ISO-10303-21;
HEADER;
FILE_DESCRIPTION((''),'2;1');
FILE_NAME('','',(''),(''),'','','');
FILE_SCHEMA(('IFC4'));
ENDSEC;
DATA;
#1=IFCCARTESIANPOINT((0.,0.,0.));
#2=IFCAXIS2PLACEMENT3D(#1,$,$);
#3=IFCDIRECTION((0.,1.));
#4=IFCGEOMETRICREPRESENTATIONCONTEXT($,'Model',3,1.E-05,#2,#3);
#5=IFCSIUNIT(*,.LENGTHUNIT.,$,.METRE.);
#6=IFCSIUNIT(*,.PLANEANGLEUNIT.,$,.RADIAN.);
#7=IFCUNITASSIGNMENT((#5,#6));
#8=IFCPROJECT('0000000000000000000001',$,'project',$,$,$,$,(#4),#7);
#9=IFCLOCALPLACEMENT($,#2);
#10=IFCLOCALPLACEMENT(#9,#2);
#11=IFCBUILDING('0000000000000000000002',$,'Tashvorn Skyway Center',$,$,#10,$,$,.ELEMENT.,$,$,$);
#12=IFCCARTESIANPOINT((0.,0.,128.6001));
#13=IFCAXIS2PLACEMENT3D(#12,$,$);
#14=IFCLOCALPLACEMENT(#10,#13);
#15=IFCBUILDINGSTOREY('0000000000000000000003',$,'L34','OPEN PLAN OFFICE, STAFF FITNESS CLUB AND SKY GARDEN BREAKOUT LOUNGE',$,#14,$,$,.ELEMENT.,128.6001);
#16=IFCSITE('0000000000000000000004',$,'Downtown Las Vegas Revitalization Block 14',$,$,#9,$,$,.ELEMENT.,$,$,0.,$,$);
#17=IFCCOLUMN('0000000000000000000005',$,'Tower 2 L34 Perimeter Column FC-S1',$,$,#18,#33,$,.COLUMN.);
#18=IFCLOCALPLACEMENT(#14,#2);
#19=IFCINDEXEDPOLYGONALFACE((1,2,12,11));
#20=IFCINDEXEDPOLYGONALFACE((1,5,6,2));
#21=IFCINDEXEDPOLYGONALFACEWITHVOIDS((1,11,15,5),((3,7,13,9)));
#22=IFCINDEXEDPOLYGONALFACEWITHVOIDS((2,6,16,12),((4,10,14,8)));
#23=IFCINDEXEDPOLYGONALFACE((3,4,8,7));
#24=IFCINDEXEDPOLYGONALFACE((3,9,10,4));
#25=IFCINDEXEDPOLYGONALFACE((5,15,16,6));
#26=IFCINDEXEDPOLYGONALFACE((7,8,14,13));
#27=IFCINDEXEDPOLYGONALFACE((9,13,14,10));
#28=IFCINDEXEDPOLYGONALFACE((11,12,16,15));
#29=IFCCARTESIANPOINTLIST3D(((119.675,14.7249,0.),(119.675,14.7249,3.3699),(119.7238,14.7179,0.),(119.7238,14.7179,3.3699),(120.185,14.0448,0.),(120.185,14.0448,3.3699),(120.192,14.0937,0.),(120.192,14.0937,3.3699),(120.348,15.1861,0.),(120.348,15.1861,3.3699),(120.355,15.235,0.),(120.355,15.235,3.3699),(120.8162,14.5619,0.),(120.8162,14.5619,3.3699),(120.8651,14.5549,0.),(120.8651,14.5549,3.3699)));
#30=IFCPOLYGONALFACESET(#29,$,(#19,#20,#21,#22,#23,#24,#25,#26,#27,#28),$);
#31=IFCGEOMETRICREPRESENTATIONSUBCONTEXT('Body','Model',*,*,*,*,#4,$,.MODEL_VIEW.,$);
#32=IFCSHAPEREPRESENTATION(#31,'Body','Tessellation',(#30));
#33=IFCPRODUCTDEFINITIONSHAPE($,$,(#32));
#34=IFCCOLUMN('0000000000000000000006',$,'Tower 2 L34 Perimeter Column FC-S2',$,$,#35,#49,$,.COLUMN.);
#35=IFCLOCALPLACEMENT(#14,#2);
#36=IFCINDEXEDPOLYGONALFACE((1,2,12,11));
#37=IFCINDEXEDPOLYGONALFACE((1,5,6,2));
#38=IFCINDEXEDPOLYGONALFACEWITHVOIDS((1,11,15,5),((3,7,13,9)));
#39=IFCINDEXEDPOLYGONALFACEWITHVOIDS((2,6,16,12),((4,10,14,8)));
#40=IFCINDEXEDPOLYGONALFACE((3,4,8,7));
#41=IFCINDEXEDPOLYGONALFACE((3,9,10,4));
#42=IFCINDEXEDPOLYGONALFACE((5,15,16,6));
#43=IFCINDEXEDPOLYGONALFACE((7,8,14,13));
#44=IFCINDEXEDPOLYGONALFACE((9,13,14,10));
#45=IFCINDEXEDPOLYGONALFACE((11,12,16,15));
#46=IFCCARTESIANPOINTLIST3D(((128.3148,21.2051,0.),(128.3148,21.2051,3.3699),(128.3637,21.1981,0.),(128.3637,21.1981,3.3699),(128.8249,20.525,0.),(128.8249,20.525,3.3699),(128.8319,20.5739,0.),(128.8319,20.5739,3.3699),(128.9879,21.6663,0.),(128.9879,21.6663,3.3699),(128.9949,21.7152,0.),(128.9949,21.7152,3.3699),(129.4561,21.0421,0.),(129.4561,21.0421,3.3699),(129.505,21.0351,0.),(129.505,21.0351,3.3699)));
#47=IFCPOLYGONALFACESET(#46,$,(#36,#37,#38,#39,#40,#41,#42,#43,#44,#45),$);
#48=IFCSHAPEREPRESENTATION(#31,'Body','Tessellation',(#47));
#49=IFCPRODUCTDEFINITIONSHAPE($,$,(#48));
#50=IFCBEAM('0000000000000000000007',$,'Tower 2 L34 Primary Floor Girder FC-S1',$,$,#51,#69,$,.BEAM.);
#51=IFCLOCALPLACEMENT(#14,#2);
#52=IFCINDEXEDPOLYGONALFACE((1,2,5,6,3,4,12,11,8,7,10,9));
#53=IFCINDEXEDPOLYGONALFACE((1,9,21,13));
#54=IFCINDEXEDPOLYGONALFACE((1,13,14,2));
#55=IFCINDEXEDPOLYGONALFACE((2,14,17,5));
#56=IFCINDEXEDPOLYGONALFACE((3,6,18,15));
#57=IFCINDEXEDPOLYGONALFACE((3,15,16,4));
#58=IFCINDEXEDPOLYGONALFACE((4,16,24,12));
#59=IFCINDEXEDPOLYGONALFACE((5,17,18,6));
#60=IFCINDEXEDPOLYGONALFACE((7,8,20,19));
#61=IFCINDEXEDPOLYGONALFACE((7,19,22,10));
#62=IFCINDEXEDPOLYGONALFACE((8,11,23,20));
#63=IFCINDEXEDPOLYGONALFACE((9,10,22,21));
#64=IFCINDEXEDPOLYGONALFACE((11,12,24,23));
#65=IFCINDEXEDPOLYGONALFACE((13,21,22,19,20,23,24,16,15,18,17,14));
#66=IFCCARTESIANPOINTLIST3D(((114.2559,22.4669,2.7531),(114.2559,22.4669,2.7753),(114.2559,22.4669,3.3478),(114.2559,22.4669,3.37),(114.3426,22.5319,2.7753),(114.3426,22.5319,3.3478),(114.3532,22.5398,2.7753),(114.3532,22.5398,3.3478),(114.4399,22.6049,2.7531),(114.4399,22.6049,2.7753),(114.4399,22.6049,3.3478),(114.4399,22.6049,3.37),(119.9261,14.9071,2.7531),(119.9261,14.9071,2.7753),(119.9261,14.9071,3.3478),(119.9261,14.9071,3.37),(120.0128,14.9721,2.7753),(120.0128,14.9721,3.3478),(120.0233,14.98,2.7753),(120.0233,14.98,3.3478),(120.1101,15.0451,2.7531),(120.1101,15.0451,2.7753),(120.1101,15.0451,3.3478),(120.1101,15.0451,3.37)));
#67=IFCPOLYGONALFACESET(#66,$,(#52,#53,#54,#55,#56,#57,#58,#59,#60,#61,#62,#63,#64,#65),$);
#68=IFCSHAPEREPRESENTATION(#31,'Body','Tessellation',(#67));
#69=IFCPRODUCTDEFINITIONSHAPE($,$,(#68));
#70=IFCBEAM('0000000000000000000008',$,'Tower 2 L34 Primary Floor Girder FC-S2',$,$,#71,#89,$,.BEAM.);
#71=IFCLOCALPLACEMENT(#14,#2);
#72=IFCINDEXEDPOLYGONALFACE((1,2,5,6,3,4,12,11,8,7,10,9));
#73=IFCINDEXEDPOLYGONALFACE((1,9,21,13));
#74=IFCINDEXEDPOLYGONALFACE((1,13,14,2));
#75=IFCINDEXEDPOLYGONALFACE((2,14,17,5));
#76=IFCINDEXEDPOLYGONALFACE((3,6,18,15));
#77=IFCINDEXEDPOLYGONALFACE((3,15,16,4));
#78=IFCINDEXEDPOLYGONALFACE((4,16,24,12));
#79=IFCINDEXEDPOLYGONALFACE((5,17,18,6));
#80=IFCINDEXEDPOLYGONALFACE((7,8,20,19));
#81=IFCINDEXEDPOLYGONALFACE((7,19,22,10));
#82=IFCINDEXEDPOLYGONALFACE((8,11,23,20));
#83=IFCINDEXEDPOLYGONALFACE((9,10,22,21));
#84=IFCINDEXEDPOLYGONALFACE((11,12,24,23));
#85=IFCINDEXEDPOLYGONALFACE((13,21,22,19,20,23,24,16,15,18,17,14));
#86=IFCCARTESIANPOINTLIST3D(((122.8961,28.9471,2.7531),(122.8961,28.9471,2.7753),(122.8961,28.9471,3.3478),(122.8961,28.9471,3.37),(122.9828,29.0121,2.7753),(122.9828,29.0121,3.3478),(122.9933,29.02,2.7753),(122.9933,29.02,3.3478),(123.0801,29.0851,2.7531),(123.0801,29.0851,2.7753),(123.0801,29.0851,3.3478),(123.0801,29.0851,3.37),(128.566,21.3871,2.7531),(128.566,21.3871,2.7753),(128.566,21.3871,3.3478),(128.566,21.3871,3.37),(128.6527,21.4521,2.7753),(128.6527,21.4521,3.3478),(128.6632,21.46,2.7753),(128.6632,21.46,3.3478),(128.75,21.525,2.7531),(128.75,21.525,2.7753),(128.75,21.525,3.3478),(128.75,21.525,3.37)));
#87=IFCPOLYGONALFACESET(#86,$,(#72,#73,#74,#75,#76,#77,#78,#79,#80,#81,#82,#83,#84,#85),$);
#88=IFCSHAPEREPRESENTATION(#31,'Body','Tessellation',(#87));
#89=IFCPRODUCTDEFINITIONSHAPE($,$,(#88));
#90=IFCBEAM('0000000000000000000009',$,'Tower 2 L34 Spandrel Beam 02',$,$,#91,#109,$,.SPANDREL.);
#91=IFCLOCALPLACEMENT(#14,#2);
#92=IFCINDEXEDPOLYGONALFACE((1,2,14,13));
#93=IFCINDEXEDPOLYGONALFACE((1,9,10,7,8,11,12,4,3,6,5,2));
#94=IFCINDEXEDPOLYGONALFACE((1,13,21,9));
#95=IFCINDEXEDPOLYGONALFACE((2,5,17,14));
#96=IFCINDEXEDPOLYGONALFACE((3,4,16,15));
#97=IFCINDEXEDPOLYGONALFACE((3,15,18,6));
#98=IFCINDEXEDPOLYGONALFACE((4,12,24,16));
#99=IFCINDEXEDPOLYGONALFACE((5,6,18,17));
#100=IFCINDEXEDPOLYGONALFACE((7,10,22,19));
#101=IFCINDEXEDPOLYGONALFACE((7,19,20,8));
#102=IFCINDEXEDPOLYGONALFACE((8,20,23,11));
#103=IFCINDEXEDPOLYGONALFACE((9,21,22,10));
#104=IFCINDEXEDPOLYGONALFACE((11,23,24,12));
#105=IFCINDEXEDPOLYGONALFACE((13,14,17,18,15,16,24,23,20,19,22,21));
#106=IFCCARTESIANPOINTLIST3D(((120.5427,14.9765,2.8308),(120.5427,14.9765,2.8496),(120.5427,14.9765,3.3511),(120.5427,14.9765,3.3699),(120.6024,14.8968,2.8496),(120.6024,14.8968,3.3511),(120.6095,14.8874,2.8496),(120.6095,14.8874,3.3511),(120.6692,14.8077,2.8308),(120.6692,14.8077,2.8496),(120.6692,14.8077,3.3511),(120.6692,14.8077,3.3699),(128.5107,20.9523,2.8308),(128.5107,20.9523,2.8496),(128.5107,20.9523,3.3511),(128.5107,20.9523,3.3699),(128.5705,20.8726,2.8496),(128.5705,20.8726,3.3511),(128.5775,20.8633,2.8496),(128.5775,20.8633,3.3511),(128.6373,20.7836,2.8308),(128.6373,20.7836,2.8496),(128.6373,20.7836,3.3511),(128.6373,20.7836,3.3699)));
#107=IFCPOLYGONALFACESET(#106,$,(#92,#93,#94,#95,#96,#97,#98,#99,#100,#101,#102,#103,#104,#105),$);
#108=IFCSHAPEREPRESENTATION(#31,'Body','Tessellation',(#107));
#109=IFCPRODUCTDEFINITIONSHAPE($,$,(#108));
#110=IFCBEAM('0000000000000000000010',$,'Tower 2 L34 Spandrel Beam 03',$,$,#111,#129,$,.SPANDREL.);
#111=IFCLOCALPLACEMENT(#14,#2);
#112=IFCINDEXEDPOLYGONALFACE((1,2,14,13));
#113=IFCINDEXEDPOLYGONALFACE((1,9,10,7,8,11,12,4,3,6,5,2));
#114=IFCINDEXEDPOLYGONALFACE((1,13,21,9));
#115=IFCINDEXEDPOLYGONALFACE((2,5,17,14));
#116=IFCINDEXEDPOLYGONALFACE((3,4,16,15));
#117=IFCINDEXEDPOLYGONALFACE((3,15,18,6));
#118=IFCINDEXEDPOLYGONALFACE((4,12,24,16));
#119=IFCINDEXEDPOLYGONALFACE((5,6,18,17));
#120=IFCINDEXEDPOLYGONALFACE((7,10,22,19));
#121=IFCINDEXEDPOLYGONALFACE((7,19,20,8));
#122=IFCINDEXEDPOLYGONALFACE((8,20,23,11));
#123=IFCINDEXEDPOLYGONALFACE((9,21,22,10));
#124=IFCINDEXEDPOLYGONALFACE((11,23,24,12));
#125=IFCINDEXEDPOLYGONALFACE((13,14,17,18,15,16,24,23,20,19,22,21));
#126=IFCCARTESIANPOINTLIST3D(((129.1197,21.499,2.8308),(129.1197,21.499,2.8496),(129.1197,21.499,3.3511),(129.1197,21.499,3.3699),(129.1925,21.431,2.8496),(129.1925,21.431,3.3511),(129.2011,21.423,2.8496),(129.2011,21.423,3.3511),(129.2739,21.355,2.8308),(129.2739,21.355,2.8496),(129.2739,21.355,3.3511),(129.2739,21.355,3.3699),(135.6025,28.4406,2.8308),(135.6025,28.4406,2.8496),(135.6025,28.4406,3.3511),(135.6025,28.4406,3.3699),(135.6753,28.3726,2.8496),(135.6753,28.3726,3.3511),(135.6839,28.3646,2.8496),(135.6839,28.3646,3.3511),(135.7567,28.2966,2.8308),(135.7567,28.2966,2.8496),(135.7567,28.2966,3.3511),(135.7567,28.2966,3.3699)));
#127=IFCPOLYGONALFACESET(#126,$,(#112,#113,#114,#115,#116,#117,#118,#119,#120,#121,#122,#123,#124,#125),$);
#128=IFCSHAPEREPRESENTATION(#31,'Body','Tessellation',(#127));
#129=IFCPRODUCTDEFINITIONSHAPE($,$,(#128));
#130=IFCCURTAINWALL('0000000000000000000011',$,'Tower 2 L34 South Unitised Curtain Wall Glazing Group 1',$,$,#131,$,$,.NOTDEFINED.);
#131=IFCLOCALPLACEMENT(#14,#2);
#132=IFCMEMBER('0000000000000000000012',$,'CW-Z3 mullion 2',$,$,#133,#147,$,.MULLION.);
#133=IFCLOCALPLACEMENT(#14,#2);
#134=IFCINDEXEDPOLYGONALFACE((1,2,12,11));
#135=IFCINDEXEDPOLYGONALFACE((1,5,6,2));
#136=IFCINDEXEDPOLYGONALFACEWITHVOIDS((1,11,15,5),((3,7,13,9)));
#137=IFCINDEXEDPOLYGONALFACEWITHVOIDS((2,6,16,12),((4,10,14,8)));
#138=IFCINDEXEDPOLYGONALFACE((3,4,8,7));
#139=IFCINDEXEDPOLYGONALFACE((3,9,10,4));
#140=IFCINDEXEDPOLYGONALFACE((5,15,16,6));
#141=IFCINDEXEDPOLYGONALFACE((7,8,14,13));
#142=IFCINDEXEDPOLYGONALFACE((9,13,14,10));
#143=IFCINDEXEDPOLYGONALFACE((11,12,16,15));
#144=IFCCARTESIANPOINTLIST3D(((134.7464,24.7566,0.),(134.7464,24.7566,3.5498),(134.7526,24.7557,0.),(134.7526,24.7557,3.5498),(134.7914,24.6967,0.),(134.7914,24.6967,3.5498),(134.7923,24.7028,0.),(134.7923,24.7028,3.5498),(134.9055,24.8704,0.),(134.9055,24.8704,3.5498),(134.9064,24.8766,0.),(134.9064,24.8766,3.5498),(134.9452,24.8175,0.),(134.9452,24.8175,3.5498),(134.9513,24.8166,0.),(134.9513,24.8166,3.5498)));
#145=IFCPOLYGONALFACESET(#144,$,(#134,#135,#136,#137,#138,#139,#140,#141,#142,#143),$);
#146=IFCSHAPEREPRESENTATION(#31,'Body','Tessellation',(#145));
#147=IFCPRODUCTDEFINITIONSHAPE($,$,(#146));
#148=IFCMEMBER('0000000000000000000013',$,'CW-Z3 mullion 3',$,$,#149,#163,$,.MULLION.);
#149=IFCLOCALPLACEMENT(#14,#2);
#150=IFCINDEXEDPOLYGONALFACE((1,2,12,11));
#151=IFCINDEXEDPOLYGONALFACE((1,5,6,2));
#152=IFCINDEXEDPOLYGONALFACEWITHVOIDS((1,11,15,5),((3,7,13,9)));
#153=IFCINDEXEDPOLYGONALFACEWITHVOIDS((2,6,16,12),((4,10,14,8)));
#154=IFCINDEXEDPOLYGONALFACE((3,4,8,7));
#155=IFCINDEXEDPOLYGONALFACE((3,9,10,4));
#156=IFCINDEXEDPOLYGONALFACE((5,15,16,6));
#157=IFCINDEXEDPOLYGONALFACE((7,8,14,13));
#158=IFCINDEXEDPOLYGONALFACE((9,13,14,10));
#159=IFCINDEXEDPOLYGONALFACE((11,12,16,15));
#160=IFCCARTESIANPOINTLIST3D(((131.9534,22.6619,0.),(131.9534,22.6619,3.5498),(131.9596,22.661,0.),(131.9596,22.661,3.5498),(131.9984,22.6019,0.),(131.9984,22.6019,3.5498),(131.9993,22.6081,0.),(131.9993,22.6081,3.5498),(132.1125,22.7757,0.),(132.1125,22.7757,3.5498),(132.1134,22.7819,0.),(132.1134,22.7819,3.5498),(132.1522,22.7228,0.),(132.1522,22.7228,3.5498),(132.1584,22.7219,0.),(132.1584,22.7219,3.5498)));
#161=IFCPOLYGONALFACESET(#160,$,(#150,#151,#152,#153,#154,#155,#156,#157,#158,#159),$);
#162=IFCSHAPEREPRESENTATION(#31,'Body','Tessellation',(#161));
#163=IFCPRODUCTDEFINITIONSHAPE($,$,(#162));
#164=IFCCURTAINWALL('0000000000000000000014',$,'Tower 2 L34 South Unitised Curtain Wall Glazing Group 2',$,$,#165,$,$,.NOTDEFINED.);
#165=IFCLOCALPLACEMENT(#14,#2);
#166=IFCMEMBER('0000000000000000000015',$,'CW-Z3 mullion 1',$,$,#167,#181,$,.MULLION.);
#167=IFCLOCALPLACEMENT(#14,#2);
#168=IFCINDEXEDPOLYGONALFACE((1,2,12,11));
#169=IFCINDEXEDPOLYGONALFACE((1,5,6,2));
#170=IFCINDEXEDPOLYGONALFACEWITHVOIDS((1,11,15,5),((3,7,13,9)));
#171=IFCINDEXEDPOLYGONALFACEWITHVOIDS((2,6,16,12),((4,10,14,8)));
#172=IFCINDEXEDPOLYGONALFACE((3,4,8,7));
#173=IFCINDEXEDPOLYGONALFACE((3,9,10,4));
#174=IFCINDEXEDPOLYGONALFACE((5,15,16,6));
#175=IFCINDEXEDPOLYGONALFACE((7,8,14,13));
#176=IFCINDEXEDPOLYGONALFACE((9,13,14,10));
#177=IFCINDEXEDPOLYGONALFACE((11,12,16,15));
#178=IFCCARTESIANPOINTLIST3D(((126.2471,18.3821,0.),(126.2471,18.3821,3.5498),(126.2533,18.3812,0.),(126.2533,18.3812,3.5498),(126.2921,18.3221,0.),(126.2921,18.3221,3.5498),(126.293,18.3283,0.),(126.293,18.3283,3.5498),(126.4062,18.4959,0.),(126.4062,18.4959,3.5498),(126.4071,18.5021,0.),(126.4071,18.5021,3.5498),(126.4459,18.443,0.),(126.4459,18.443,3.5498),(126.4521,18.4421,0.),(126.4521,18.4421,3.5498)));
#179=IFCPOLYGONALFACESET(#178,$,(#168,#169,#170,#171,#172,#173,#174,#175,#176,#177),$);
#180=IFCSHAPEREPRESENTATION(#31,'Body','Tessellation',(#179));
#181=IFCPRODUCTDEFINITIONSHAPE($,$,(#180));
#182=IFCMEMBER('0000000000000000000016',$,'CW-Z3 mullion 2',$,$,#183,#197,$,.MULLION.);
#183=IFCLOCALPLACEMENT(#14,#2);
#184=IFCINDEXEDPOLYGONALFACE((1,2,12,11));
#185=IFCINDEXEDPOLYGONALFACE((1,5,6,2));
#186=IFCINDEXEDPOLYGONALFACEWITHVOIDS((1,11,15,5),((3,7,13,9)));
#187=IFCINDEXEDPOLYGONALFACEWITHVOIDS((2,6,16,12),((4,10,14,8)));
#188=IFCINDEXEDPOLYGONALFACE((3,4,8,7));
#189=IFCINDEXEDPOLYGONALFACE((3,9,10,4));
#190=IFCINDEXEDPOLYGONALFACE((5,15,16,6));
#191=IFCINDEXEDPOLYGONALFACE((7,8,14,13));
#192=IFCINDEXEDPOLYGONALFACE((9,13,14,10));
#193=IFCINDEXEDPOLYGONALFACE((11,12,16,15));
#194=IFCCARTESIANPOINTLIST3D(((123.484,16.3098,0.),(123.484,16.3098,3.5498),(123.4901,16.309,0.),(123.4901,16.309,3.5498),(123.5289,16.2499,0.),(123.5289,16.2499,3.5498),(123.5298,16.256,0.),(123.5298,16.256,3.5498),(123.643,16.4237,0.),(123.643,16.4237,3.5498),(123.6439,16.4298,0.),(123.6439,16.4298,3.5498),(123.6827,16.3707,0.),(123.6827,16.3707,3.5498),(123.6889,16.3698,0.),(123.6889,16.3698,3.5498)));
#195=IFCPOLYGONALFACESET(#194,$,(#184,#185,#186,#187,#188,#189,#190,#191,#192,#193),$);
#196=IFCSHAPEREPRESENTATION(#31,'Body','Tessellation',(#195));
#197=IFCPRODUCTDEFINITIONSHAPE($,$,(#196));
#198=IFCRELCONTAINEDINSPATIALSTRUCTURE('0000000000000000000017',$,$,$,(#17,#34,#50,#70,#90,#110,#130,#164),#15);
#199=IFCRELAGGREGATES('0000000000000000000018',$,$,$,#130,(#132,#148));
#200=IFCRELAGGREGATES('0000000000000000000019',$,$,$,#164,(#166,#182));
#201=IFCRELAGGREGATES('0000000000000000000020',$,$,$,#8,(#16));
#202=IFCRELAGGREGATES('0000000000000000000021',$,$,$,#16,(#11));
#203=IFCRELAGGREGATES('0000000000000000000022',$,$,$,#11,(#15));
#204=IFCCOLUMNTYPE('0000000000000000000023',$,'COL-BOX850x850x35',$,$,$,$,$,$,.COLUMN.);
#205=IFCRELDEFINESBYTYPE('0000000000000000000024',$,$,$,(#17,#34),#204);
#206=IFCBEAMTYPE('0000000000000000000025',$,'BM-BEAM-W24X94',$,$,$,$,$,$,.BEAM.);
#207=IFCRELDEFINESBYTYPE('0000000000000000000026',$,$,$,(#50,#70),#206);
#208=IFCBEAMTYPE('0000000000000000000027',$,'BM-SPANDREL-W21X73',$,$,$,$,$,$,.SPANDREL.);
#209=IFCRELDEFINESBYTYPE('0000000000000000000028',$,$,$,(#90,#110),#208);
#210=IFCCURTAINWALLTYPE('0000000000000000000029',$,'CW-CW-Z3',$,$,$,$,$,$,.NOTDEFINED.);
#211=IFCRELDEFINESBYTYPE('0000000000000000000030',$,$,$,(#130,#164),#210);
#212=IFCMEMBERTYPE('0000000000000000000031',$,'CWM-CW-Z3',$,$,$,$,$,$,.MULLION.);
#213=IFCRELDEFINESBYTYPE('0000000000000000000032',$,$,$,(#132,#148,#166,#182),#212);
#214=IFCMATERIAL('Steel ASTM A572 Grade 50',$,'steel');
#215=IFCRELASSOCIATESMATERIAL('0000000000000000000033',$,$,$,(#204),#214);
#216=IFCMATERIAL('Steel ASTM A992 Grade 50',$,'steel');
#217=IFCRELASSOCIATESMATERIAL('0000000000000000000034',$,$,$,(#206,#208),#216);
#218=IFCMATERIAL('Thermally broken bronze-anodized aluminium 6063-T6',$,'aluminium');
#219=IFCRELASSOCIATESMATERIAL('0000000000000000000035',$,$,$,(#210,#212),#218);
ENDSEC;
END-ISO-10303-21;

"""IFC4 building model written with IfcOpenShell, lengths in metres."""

from ifc_helpers import new_model, si_unit, direction, frame, origin, origin_2d, place, context, subcontext, project, spatial, hollow_rectangle, i_section, extrude, material, material_profile, profile_set, type_object, element, aggregate, save


model = new_model("IFC4")

# Units and contexts
model_context = context("Model", 3, precision=1e-05, world=origin(), true_north=direction((0.0, 1.0)))
body_context = subcontext(model_context, "Body", "Model", "MODEL_VIEW")
ifc_project = project(units=[si_unit("LENGTHUNIT", "METRE"), si_unit("PLANEANGLEUNIT", "RADIAN")], contexts=[model_context])

# Site, building, storey
site_placement = place(None, origin())
site = spatial("IfcSite", under=ifc_project, at=site_placement, Name="Downtown Las Vegas Revitalization Block 14", CompositionType="ELEMENT", RefElevation=0.0)
building_placement = place(site_placement, origin())
building = spatial("IfcBuilding", under=site, at=building_placement, Name="Tashvorn Skyway Center", CompositionType="ELEMENT")
storey_placement = place(building_placement, frame((0.0, 0.0, 128.6001)))
storey = spatial("IfcBuildingStorey", under=building, at=storey_placement, Name="L34", Description="OPEN PLAN OFFICE, STAFF FITNESS CLUB AND SKY GARDEN BREAKOUT LOUNGE", CompositionType="ELEMENT", Elevation=128.6001)

# Columns
ifc_material_1 = material(Name="Steel ASTM A572 Grade 50", Category="steel")
ifc_material_profile_1 = material_profile(ifc_material_1, hollow_rectangle(XDim=0.8501, YDim=0.8501, WallThickness=0.0349, at=origin_2d()), Name="BOX850x850x35")
ifc_profile_set_1 = profile_set([ifc_material_profile_1], Name="Steel ASTM A572 Grade 50")
column_type = type_object("IfcColumnType", Name="COL-BOX850x850x35", PredefinedType="COLUMN", material=ifc_profile_set_1)
for number, where, z_axis, x_axis, name in (
    (1, (120.27, 14.6399, 0.0), (0.0, 0.0, 1.0), (0.8, 0.6, 0.0), "Tower 2 L34 Perimeter Column FC-S1"),
    (2, (128.9099, 21.1201, 0.0), (0.0, 0.0, 1.0), (0.8, 0.6, 0.0), "Tower 2 L34 Perimeter Column FC-S2"),
):
    element("IfcColumn", number, at=place(storey_placement, frame(where, z_axis=z_axis, x_axis=x_axis)), inside=storey, type_object=column_type, Name=name, PredefinedType="COLUMN", context=body_context, shape_type="SweptSolid", body=[
        extrude(hollow_rectangle(XDim=0.8501, YDim=0.8501, WallThickness=0.0349, at=origin_2d()), origin(), (0.0, 0.0, 1.0), 3.3699),
    ])

# Beams
ifc_material_2 = material(Name="Steel ASTM A992 Grade 50", Category="steel")
ifc_material_profile_2 = material_profile(ifc_material_2, i_section(OverallWidth=0.23, OverallDepth=0.6169, WebThickness=0.0132, FlangeThickness=0.0222, at=origin_2d()), Name="W24X94")
ifc_profile_set_2 = profile_set([ifc_material_profile_2], Name="Steel ASTM A992 Grade 50")
beam_type_1 = type_object("IfcBeamType", Name="BM-BEAM-W24X94", PredefinedType="BEAM", material=ifc_profile_set_2)
for number, where, z_axis, x_axis, name in (
    (3, (120.0181, 14.9761, 3.0615), (-0.600021, 0.799984, 0.0), (-0.799984, -0.600021, 0.0), "Tower 2 L34 Primary Floor Girder FC-S1"),
    (4, (128.658, 21.4561, 3.0615), (-0.599992, 0.800006, 0.0), (-0.800006, -0.599992, 0.0), "Tower 2 L34 Primary Floor Girder FC-S2"),
):
    element("IfcBeam", number, at=place(storey_placement, frame(where, z_axis=z_axis, x_axis=x_axis)), inside=storey, type_object=beam_type_1, Name=name, PredefinedType="BEAM", context=body_context, shape_type="SweptSolid", body=[
        extrude(i_section(OverallWidth=0.23, OverallDepth=0.6169, WebThickness=0.0132, FlangeThickness=0.0222, at=origin_2d()), origin(), (0.0, 0.0, 1.0), 9.45),
    ])
ifc_material_profile_3 = material_profile(ifc_material_2, i_section(OverallWidth=0.2109, OverallDepth=0.5391, WebThickness=0.0117, FlangeThickness=0.0188, at=origin_2d()), Name="W21X73")
ifc_profile_set_3 = profile_set([ifc_material_profile_3], Name="Steel ASTM A992 Grade 50")
beam_type_2 = type_object("IfcBeamType", Name="BM-SPANDREL-W21X73", PredefinedType="SPANDREL", material=ifc_profile_set_3)
beam_1_placement = place(storey_placement, frame((120.606, 14.8921, 3.1003), z_axis=(0.800009, 0.599988, 0.0), x_axis=(-0.599988, 0.800009, 0.0)))
element("IfcBeam", 5, at=beam_1_placement, inside=storey, type_object=beam_type_2, Name="Tower 2 L34 Spandrel Beam 02", PredefinedType="SPANDREL", context=body_context, shape_type="SweptSolid", body=[
    extrude(i_section(OverallWidth=0.2109, OverallDepth=0.5391, WebThickness=0.0117, FlangeThickness=0.0188, at=origin_2d()), origin(), (0.0, 0.0, 1.0), 9.96),
])
beam_2_placement = place(storey_placement, frame((129.1968, 21.427, 3.1003), z_axis=(0.682545, 0.730843, 0.0), x_axis=(-0.730843, 0.682545, 0.0)))
element("IfcBeam", 6, at=beam_2_placement, inside=storey, type_object=beam_type_2, Name="Tower 2 L34 Spandrel Beam 03", PredefinedType="SPANDREL", context=body_context, shape_type="SweptSolid", body=[
    extrude(i_section(OverallWidth=0.2109, OverallDepth=0.5391, WebThickness=0.0117, FlangeThickness=0.0188, at=origin_2d()), origin(), (0.0, 0.0, 1.0), 9.498),
])

# Curtain walls, members
ifc_material_3 = material(Name="Thermally broken bronze-anodized aluminium 6063-T6", Category="aluminium")
curtain_wall_type = type_object("IfcCurtainWallType", Name="CW-CW-Z3", PredefinedType="NOTDEFINED", material=ifc_material_3)
curtain_wall_1_placement = place(storey_placement, origin())
curtain_wall_1 = element("IfcCurtainWall", 7, at=curtain_wall_1_placement, inside=storey, type_object=curtain_wall_type, Name="Tower 2 L34 South Unitised Curtain Wall Glazing Group 1", PredefinedType="NOTDEFINED")
ifc_material_profile_4 = material_profile(ifc_material_3, hollow_rectangle(XDim=0.075, YDim=0.2, WallThickness=0.0044, at=origin_2d()), Name="ALU-MULL-75x200")
ifc_profile_set_4 = profile_set([ifc_material_profile_4], Name="Thermally broken bronze-anodized aluminium 6063-T6")
member_type_1 = type_object("IfcMemberType", Name="CWM-CW-Z3", PredefinedType="MULLION", material=ifc_profile_set_4)
member_1_placement = place(storey_placement, frame((134.8489, 24.7866, 0.0), z_axis=(0.0, 0.0, 1.0), x_axis=(0.600005, -0.799997, 0.0)))
member_1 = element("IfcMember", 8, at=member_1_placement, type_object=member_type_1, Name="CW-Z3 mullion 2", PredefinedType="MULLION", context=body_context, shape_type="SweptSolid", body=[
    extrude(hollow_rectangle(XDim=0.075, YDim=0.2, WallThickness=0.0044, at=origin_2d()), origin(), (0.0, 0.0, 1.0), 3.5498),
])
member_2_placement = place(storey_placement, frame((132.0559, 22.6919, 0.0), z_axis=(0.0, 0.0, 1.0), x_axis=(0.600005, -0.799997, 0.0)))
member_2 = element("IfcMember", 9, at=member_2_placement, type_object=member_type_1, Name="CW-Z3 mullion 3", PredefinedType="MULLION", context=body_context, shape_type="SweptSolid", body=[
    extrude(hollow_rectangle(XDim=0.075, YDim=0.2, WallThickness=0.0044, at=origin_2d()), origin(), (0.0, 0.0, 1.0), 3.5498),
])
curtain_wall_2_placement = place(storey_placement, origin())
curtain_wall_2 = element("IfcCurtainWall", 10, at=curtain_wall_2_placement, inside=storey, type_object=curtain_wall_type, Name="Tower 2 L34 South Unitised Curtain Wall Glazing Group 2", PredefinedType="NOTDEFINED")
member_3_placement = place(storey_placement, frame((126.3496, 18.4121, 0.0), z_axis=(0.0, 0.0, 1.0), x_axis=(0.6, -0.8, 0.0)))
member_3 = element("IfcMember", 11, at=member_3_placement, type_object=member_type_1, Name="CW-Z3 mullion 1", PredefinedType="MULLION", context=body_context, shape_type="SweptSolid", body=[
    extrude(hollow_rectangle(XDim=0.075, YDim=0.2, WallThickness=0.0044, at=origin_2d()), origin(), (0.0, 0.0, 1.0), 3.5498),
])
member_4_placement = place(storey_placement, frame((123.5864, 16.3398, 0.0), z_axis=(0.0, 0.0, 1.0), x_axis=(0.6, -0.8, 0.0)))
member_4 = element("IfcMember", 12, at=member_4_placement, type_object=member_type_1, Name="CW-Z3 mullion 2", PredefinedType="MULLION", context=body_context, shape_type="SweptSolid", body=[
    extrude(hollow_rectangle(XDim=0.075, YDim=0.2, WallThickness=0.0044, at=origin_2d()), origin(), (0.0, 0.0, 1.0), 3.5498),
])

aggregate(curtain_wall_1, [member_1, member_2])
aggregate(curtain_wall_2, [member_3, member_4])

save(model, "model.ifc")
